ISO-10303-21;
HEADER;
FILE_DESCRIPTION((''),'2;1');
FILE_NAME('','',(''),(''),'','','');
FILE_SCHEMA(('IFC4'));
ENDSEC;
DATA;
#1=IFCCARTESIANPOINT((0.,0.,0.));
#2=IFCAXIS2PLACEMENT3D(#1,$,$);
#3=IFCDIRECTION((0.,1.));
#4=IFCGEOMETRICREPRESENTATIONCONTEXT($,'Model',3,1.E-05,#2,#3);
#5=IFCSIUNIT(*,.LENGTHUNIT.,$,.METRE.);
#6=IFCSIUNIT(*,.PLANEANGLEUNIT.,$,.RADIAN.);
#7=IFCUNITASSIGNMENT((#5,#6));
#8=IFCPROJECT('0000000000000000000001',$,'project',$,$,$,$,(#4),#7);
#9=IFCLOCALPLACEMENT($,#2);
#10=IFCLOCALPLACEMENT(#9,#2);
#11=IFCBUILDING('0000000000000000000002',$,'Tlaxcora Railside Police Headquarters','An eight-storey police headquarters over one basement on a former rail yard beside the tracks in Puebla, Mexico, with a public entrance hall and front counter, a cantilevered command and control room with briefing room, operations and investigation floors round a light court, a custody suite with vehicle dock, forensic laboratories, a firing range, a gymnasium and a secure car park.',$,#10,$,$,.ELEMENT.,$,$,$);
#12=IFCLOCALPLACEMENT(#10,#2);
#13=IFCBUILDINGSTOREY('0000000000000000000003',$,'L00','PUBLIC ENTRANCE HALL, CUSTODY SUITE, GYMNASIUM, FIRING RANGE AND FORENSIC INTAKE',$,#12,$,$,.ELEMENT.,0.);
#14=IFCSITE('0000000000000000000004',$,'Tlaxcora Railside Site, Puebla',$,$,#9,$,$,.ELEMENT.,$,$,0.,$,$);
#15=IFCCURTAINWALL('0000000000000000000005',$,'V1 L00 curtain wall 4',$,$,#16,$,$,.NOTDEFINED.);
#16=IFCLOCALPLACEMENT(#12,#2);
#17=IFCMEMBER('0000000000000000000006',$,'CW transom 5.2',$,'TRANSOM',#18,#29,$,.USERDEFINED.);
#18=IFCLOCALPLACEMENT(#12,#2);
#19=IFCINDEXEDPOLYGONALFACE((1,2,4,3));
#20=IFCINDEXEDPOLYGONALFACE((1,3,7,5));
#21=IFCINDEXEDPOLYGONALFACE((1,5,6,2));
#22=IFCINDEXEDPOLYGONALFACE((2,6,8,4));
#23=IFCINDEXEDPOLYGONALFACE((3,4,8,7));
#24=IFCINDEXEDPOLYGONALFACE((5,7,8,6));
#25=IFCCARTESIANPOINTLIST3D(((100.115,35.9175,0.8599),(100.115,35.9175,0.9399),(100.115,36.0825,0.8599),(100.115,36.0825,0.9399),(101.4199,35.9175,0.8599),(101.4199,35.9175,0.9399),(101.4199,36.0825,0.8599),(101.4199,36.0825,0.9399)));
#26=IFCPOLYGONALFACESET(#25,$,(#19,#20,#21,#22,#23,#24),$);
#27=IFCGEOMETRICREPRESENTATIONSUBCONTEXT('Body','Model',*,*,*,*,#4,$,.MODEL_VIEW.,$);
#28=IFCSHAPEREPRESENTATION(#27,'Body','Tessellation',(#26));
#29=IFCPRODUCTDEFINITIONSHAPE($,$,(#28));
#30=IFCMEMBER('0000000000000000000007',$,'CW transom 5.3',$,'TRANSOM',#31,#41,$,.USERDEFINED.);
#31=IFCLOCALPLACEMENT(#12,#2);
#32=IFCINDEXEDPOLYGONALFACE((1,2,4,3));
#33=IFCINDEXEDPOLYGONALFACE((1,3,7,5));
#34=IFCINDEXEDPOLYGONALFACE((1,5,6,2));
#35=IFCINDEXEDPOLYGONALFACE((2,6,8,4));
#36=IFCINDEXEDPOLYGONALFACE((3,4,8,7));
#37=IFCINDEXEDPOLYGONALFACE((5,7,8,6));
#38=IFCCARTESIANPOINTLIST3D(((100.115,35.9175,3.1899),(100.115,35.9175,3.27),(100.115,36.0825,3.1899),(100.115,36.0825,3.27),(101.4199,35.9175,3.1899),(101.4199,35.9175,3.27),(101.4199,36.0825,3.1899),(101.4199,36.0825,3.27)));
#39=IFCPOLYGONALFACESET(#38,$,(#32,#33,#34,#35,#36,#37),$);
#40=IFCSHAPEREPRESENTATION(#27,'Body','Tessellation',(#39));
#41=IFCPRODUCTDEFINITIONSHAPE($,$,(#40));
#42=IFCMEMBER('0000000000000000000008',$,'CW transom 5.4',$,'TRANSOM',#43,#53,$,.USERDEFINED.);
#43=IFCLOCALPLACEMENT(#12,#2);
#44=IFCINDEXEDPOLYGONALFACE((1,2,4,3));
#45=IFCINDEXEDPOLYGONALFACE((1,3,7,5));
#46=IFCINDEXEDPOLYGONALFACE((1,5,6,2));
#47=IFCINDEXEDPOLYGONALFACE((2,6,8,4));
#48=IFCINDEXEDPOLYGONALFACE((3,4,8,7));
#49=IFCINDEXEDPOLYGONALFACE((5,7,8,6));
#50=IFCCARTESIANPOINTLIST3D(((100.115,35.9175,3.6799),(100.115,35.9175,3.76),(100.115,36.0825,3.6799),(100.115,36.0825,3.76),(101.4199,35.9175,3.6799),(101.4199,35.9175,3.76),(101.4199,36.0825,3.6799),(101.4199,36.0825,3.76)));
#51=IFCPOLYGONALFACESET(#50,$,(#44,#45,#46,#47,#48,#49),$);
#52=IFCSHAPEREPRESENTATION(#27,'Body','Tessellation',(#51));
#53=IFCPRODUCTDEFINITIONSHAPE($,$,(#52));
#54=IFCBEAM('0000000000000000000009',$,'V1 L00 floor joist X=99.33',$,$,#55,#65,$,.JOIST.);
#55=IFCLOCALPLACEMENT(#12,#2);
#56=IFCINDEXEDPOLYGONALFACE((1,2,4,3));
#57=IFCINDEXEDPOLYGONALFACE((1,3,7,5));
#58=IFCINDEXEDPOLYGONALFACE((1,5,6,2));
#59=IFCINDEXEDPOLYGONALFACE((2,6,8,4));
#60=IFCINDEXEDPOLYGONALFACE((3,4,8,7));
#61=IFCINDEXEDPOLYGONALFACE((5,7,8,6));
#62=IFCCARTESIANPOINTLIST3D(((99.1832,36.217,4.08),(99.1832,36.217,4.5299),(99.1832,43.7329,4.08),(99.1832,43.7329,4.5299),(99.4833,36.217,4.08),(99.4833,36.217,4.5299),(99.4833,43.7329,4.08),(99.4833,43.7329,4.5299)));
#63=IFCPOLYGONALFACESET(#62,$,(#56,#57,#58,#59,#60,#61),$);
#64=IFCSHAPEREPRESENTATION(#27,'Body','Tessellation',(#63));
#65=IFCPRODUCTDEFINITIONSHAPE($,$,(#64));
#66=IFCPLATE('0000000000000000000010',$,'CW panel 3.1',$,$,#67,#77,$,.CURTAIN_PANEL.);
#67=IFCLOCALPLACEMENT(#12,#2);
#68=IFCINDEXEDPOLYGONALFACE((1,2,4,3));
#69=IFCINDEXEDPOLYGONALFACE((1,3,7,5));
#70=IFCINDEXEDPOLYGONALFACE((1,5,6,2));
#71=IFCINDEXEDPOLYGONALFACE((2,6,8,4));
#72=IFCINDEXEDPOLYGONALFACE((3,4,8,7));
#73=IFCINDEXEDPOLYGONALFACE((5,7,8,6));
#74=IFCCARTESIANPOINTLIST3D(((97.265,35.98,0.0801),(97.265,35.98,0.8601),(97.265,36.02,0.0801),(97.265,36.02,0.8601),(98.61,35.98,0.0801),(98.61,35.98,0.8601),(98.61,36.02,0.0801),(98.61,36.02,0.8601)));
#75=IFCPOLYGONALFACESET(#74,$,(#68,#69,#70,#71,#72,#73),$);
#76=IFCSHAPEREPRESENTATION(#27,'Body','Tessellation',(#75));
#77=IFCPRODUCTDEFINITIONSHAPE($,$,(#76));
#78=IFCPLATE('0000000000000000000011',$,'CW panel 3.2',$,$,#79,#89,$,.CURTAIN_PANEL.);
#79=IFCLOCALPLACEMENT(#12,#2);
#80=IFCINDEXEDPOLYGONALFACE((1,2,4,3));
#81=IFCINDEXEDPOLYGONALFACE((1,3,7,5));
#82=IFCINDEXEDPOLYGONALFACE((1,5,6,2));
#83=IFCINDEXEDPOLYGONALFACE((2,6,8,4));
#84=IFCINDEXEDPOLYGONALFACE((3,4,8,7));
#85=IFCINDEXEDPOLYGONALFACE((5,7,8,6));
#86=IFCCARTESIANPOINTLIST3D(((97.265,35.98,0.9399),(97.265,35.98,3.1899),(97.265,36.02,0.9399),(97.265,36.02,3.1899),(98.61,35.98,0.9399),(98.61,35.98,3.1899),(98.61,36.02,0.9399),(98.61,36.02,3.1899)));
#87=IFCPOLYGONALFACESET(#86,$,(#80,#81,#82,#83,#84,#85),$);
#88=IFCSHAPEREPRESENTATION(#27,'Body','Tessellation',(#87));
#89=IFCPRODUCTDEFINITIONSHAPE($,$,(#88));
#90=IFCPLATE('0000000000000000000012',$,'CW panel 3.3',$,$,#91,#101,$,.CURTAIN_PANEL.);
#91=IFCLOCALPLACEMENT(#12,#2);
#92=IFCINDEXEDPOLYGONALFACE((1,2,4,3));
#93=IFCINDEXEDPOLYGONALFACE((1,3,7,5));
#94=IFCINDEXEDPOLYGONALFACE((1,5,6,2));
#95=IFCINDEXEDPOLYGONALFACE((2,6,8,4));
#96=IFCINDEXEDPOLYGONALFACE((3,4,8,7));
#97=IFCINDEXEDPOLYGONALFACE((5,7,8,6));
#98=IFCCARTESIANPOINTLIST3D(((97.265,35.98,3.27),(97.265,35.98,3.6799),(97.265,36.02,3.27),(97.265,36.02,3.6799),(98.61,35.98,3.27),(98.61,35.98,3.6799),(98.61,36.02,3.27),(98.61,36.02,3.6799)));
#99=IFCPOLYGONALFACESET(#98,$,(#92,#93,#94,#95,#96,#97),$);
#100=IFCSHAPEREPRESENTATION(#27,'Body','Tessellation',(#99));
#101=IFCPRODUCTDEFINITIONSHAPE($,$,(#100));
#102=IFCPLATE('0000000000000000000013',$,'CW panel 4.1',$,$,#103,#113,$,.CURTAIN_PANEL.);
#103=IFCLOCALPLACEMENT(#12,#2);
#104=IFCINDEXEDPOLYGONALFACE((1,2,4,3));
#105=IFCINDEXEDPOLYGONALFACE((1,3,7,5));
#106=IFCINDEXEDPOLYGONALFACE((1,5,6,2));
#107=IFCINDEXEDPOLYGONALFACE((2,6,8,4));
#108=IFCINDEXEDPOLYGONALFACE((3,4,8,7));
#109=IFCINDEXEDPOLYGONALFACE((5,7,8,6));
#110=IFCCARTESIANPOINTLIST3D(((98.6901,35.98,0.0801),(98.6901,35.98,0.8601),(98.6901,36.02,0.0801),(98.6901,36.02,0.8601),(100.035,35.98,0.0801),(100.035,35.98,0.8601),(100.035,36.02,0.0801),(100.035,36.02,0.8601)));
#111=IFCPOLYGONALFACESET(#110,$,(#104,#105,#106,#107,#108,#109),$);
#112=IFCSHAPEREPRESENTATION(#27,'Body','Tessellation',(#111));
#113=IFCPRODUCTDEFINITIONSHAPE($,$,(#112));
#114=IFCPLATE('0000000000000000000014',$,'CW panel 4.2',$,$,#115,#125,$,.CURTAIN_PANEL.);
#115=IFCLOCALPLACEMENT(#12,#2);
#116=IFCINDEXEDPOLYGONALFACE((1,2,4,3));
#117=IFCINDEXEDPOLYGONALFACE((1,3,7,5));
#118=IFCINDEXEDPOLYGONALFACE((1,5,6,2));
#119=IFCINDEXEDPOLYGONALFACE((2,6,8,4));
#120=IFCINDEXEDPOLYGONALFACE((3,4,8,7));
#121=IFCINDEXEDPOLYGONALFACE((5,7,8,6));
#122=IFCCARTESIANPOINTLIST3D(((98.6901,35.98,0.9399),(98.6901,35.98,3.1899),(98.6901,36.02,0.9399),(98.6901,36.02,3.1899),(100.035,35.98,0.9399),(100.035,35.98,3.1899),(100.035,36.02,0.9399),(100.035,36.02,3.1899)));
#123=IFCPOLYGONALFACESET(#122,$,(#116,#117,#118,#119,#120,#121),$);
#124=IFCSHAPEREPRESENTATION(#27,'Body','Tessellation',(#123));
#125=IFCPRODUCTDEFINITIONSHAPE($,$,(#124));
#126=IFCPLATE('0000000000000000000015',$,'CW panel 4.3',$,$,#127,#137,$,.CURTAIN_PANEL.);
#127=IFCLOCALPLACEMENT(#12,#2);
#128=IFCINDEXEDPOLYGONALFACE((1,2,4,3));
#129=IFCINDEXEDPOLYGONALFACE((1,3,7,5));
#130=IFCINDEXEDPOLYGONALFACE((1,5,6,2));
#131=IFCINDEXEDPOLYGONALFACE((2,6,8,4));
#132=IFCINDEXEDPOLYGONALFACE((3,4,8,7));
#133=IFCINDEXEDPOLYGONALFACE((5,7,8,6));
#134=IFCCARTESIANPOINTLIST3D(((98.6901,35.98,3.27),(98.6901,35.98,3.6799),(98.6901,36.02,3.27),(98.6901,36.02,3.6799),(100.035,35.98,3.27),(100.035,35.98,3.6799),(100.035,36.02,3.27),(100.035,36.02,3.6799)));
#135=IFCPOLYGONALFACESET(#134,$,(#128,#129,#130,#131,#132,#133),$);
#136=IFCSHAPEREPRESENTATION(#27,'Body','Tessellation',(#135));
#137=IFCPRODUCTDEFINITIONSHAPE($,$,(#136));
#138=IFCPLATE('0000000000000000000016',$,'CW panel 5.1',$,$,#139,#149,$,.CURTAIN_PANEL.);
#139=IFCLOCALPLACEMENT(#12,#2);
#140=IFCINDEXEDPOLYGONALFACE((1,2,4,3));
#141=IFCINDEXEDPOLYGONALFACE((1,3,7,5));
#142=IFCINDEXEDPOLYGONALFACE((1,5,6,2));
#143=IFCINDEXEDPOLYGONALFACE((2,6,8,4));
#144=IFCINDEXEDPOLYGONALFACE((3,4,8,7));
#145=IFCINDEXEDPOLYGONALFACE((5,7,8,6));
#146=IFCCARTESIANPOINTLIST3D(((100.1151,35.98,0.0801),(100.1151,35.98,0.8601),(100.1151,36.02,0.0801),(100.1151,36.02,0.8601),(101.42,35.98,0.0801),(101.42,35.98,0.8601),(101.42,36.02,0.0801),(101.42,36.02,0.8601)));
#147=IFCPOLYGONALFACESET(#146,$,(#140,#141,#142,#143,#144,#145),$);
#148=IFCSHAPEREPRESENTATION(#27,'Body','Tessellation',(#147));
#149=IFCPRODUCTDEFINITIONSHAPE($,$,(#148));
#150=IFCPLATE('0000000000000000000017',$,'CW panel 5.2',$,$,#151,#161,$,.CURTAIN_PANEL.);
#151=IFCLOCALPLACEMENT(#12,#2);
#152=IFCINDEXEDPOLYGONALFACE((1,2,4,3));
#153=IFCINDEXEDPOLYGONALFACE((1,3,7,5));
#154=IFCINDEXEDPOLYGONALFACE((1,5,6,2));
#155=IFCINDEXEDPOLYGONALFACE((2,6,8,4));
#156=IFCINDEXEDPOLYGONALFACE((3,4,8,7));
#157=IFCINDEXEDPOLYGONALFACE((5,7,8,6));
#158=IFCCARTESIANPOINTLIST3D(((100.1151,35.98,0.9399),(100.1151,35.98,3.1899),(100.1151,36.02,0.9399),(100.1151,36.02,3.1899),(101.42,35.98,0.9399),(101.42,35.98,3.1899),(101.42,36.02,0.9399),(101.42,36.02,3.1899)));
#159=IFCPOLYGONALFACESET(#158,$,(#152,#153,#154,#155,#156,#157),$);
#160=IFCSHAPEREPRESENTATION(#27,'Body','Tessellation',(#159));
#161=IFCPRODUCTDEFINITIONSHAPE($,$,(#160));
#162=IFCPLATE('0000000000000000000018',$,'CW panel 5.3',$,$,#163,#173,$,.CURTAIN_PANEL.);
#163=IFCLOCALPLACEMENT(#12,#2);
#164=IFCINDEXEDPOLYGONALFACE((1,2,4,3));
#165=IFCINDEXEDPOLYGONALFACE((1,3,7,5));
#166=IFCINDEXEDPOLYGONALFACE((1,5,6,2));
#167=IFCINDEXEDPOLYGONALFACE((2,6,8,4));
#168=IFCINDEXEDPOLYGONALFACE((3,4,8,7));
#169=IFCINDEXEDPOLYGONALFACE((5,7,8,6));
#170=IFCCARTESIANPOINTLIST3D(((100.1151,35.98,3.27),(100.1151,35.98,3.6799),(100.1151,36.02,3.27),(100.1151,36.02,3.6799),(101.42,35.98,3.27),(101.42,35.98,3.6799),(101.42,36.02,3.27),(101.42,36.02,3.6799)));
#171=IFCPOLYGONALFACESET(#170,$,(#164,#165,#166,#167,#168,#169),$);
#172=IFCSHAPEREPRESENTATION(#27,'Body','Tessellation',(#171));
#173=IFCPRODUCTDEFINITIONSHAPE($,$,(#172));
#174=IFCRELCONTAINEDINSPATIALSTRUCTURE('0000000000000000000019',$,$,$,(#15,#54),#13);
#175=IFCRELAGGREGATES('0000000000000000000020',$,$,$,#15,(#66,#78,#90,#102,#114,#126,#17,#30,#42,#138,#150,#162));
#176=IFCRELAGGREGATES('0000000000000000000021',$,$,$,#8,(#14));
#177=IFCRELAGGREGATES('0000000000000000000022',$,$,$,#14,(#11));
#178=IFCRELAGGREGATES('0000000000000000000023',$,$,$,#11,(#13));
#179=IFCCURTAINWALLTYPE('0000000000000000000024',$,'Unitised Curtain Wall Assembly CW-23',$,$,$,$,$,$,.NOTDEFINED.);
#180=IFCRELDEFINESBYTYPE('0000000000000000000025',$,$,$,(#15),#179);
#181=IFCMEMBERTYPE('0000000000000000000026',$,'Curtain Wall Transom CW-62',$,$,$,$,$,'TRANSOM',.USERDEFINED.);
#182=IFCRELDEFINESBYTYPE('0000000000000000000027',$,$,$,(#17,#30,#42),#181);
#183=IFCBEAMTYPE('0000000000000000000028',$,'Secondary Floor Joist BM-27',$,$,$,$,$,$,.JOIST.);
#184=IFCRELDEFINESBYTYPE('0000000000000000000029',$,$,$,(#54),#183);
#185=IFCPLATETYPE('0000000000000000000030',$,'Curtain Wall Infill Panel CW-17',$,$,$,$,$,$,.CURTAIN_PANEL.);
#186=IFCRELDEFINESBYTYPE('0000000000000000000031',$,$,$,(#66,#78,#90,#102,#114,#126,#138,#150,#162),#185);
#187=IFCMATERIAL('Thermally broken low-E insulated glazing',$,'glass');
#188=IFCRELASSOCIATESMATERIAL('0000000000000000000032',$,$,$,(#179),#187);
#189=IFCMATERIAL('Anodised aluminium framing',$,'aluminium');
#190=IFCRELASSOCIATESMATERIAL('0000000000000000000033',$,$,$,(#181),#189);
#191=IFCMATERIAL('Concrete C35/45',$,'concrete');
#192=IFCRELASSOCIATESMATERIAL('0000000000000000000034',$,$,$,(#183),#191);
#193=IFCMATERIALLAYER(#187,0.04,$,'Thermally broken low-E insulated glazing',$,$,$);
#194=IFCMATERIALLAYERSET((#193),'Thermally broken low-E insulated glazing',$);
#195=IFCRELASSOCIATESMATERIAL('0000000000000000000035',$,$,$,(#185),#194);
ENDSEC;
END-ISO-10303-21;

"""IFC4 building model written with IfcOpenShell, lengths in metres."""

from ifc_helpers import new_model, si_unit, direction, frame, origin, origin_2d, place, context, subcontext, project, spatial, rectangle, extrude, material, layer, layer_set, material_profile, profile_set, type_object, element, aggregate, save


model = new_model("IFC4")

# Units and contexts
model_context = context("Model", 3, precision=1e-05, world=origin(), true_north=direction((0.0, 1.0)))
body_context = subcontext(model_context, "Body", "Model", "MODEL_VIEW")
ifc_project = project(units=[si_unit("LENGTHUNIT", "METRE"), si_unit("PLANEANGLEUNIT", "RADIAN")], contexts=[model_context])

# Site, building, storey
site_placement = place(None, origin())
site = spatial("IfcSite", under=ifc_project, at=site_placement, Name="Tlaxcora Railside Site, Puebla", CompositionType="ELEMENT", RefElevation=0.0)
building_placement = place(site_placement, origin())
building = spatial("IfcBuilding", under=site, at=building_placement, Name="Tlaxcora Railside Police Headquarters", Description="An eight-storey police headquarters over one basement on a former rail yard beside the tracks in Puebla, Mexico, with a public entrance hall and front counter, a cantilevered command and control room with briefing room, operations and investigation floors round a light court, a custody suite with vehicle dock, forensic laboratories, a firing range, a gymnasium and a secure car park.", CompositionType="ELEMENT")
storey_placement = place(building_placement, origin())
storey = spatial("IfcBuildingStorey", under=building, at=storey_placement, Name="L00", Description="PUBLIC ENTRANCE HALL, CUSTODY SUITE, GYMNASIUM, FIRING RANGE AND FORENSIC INTAKE", CompositionType="ELEMENT", Elevation=0.0)

# Curtain wall, members
ifc_material_1 = material(Name="Thermally broken low-E insulated glazing", Category="glass")
curtain_wall_type = type_object("IfcCurtainWallType", Name="Unitised Curtain Wall Assembly CW-23", PredefinedType="NOTDEFINED", material=ifc_material_1)
curtain_wall_placement = place(storey_placement, origin())
curtain_wall = element("IfcCurtainWall", 1, at=curtain_wall_placement, inside=storey, type_object=curtain_wall_type, Name="V1 L00 curtain wall 4", PredefinedType="NOTDEFINED")
ifc_material_2 = material(Name="Anodised aluminium framing", Category="aluminium")
ifc_material_profile_1 = material_profile(ifc_material_2, rectangle(XDim=0.165, YDim=0.0801, at=origin_2d()), Name="AL80X165")
ifc_profile_set_1 = profile_set([ifc_material_profile_1], Name="Anodised aluminium framing")
member_type_1 = type_object("IfcMemberType", Name="Curtain Wall Transom CW-62", ElementType="TRANSOM", PredefinedType="USERDEFINED", material=ifc_profile_set_1)
member_1_placement = place(storey_placement, frame((100.115, 36.0, 0.8999), z_axis=(1.0, 0.0, 0.0), x_axis=(0.0, 1.0, 0.0)))
member_1 = element("IfcMember", 2, at=member_1_placement, type_object=member_type_1, Name="CW transom 5.2", ObjectType="TRANSOM", PredefinedType="USERDEFINED", context=body_context, shape_type="SweptSolid", body=[
    extrude(rectangle(XDim=0.165, YDim=0.0801, at=origin_2d()), origin(), (0.0, 0.0, 1.0), 1.3049),
])
member_2_placement = place(storey_placement, frame((100.115, 36.0, 3.23), z_axis=(1.0, 0.0, 0.0), x_axis=(0.0, 1.0, 0.0)))
member_2 = element("IfcMember", 3, at=member_2_placement, type_object=member_type_1, Name="CW transom 5.3", ObjectType="TRANSOM", PredefinedType="USERDEFINED", context=body_context, shape_type="SweptSolid", body=[
    extrude(rectangle(XDim=0.165, YDim=0.0801, at=origin_2d()), origin(), (0.0, 0.0, 1.0), 1.3049),
])
member_3_placement = place(storey_placement, frame((100.115, 36.0, 3.72), z_axis=(1.0, 0.0, 0.0), x_axis=(0.0, 1.0, 0.0)))
member_3 = element("IfcMember", 4, at=member_3_placement, type_object=member_type_1, Name="CW transom 5.4", ObjectType="TRANSOM", PredefinedType="USERDEFINED", context=body_context, shape_type="SweptSolid", body=[
    extrude(rectangle(XDim=0.165, YDim=0.0801, at=origin_2d()), origin(), (0.0, 0.0, 1.0), 1.3049),
])

# Beam
ifc_material_3 = material(Name="Concrete C35/45", Category="concrete")
ifc_material_profile_2 = material_profile(ifc_material_3, rectangle(XDim=0.3, YDim=0.45, at=origin_2d()), Name="RC300X450")
ifc_profile_set_2 = profile_set([ifc_material_profile_2], Name="Concrete C35/45")
beam_type = type_object("IfcBeamType", Name="Secondary Floor Joist BM-27", PredefinedType="JOIST", material=ifc_profile_set_2)
beam_placement = place(storey_placement, frame((99.3333, 36.217, 4.3049), z_axis=(0.0, 1.0, 0.0), x_axis=(-1.0, 0.0, 0.0)))
element("IfcBeam", 5, at=beam_placement, inside=storey, type_object=beam_type, Name="V1 L00 floor joist X=99.33", PredefinedType="JOIST", context=body_context, shape_type="SweptSolid", body=[
    extrude(rectangle(XDim=0.3, YDim=0.45, at=origin_2d()), origin(), (0.0, 0.0, 1.0), 7.5159),
])

# Plates
ifc_layer = layer(ifc_material_1, 0.04, Name="Thermally broken low-E insulated glazing")
ifc_layer_set = layer_set([ifc_layer], Name="Thermally broken low-E insulated glazing")
plate_type = type_object("IfcPlateType", Name="Curtain Wall Infill Panel CW-17", PredefinedType="CURTAIN_PANEL", material=ifc_layer_set)
plate_1_placement = place(storey_placement, frame((97.9375, 36.0, 0.0801), z_axis=(0.0, 0.0, 1.0), x_axis=(1.0, 0.0, 0.0)))
plate_1 = element("IfcPlate", 6, at=plate_1_placement, type_object=plate_type, Name="CW panel 3.1", PredefinedType="CURTAIN_PANEL", context=body_context, shape_type="SweptSolid", body=[
    extrude(rectangle(XDim=1.345, YDim=0.04, at=origin_2d()), origin(), (0.0, 0.0, 1.0), 0.78),
])
plate_2_placement = place(storey_placement, frame((97.9375, 36.0, 0.9399), z_axis=(0.0, 0.0, 1.0), x_axis=(1.0, 0.0, 0.0)))
plate_2 = element("IfcPlate", 7, at=plate_2_placement, type_object=plate_type, Name="CW panel 3.2", PredefinedType="CURTAIN_PANEL", context=body_context, shape_type="SweptSolid", body=[
    extrude(rectangle(XDim=1.345, YDim=0.04, at=origin_2d()), origin(), (0.0, 0.0, 1.0), 2.25),
])
plate_3_placement = place(storey_placement, frame((97.9375, 36.0, 3.27), z_axis=(0.0, 0.0, 1.0), x_axis=(1.0, 0.0, 0.0)))
plate_3 = element("IfcPlate", 8, at=plate_3_placement, type_object=plate_type, Name="CW panel 3.3", PredefinedType="CURTAIN_PANEL", context=body_context, shape_type="SweptSolid", body=[
    extrude(rectangle(XDim=1.345, YDim=0.04, at=origin_2d()), origin(), (0.0, 0.0, 1.0), 0.4099),
])
plate_4_placement = place(storey_placement, frame((99.3625, 36.0, 0.0801), z_axis=(0.0, 0.0, 1.0), x_axis=(1.0, 0.0, 0.0)))
plate_4 = element("IfcPlate", 9, at=plate_4_placement, type_object=plate_type, Name="CW panel 4.1", PredefinedType="CURTAIN_PANEL", context=body_context, shape_type="SweptSolid", body=[
    extrude(rectangle(XDim=1.345, YDim=0.04, at=origin_2d()), origin(), (0.0, 0.0, 1.0), 0.78),
])
plate_5_placement = place(storey_placement, frame((99.3625, 36.0, 0.9399), z_axis=(0.0, 0.0, 1.0), x_axis=(1.0, 0.0, 0.0)))
plate_5 = element("IfcPlate", 10, at=plate_5_placement, type_object=plate_type, Name="CW panel 4.2", PredefinedType="CURTAIN_PANEL", context=body_context, shape_type="SweptSolid", body=[
    extrude(rectangle(XDim=1.345, YDim=0.04, at=origin_2d()), origin(), (0.0, 0.0, 1.0), 2.25),
])
plate_6_placement = place(storey_placement, frame((99.3625, 36.0, 3.27), z_axis=(0.0, 0.0, 1.0), x_axis=(1.0, 0.0, 0.0)))
plate_6 = element("IfcPlate", 11, at=plate_6_placement, type_object=plate_type, Name="CW panel 4.3", PredefinedType="CURTAIN_PANEL", context=body_context, shape_type="SweptSolid", body=[
    extrude(rectangle(XDim=1.345, YDim=0.04, at=origin_2d()), origin(), (0.0, 0.0, 1.0), 0.4099),
])
plate_7_placement = place(storey_placement, frame((100.7676, 36.0, 0.0801), z_axis=(0.0, 0.0, 1.0), x_axis=(1.0, 0.0, 0.0)))
plate_7 = element("IfcPlate", 12, at=plate_7_placement, type_object=plate_type, Name="CW panel 5.1", PredefinedType="CURTAIN_PANEL", context=body_context, shape_type="SweptSolid", body=[
    extrude(rectangle(XDim=1.3049, YDim=0.04, at=origin_2d()), origin(), (0.0, 0.0, 1.0), 0.78),
])
plate_8_placement = place(storey_placement, frame((100.7676, 36.0, 0.9399), z_axis=(0.0, 0.0, 1.0), x_axis=(1.0, 0.0, 0.0)))
plate_8 = element("IfcPlate", 13, at=plate_8_placement, type_object=plate_type, Name="CW panel 5.2", PredefinedType="CURTAIN_PANEL", context=body_context, shape_type="SweptSolid", body=[
    extrude(rectangle(XDim=1.3049, YDim=0.04, at=origin_2d()), origin(), (0.0, 0.0, 1.0), 2.25),
])
plate_9_placement = place(storey_placement, frame((100.7676, 36.0, 3.27), z_axis=(0.0, 0.0, 1.0), x_axis=(1.0, 0.0, 0.0)))
plate_9 = element("IfcPlate", 14, at=plate_9_placement, type_object=plate_type, Name="CW panel 5.3", PredefinedType="CURTAIN_PANEL", context=body_context, shape_type="SweptSolid", body=[
    extrude(rectangle(XDim=1.3049, YDim=0.04, at=origin_2d()), origin(), (0.0, 0.0, 1.0), 0.4099),
])
aggregate(curtain_wall, [plate_1, plate_2, plate_3, plate_4, plate_5, plate_6, member_1, member_2, member_3, plate_7, plate_8, plate_9])

save(model, "model.ifc")
